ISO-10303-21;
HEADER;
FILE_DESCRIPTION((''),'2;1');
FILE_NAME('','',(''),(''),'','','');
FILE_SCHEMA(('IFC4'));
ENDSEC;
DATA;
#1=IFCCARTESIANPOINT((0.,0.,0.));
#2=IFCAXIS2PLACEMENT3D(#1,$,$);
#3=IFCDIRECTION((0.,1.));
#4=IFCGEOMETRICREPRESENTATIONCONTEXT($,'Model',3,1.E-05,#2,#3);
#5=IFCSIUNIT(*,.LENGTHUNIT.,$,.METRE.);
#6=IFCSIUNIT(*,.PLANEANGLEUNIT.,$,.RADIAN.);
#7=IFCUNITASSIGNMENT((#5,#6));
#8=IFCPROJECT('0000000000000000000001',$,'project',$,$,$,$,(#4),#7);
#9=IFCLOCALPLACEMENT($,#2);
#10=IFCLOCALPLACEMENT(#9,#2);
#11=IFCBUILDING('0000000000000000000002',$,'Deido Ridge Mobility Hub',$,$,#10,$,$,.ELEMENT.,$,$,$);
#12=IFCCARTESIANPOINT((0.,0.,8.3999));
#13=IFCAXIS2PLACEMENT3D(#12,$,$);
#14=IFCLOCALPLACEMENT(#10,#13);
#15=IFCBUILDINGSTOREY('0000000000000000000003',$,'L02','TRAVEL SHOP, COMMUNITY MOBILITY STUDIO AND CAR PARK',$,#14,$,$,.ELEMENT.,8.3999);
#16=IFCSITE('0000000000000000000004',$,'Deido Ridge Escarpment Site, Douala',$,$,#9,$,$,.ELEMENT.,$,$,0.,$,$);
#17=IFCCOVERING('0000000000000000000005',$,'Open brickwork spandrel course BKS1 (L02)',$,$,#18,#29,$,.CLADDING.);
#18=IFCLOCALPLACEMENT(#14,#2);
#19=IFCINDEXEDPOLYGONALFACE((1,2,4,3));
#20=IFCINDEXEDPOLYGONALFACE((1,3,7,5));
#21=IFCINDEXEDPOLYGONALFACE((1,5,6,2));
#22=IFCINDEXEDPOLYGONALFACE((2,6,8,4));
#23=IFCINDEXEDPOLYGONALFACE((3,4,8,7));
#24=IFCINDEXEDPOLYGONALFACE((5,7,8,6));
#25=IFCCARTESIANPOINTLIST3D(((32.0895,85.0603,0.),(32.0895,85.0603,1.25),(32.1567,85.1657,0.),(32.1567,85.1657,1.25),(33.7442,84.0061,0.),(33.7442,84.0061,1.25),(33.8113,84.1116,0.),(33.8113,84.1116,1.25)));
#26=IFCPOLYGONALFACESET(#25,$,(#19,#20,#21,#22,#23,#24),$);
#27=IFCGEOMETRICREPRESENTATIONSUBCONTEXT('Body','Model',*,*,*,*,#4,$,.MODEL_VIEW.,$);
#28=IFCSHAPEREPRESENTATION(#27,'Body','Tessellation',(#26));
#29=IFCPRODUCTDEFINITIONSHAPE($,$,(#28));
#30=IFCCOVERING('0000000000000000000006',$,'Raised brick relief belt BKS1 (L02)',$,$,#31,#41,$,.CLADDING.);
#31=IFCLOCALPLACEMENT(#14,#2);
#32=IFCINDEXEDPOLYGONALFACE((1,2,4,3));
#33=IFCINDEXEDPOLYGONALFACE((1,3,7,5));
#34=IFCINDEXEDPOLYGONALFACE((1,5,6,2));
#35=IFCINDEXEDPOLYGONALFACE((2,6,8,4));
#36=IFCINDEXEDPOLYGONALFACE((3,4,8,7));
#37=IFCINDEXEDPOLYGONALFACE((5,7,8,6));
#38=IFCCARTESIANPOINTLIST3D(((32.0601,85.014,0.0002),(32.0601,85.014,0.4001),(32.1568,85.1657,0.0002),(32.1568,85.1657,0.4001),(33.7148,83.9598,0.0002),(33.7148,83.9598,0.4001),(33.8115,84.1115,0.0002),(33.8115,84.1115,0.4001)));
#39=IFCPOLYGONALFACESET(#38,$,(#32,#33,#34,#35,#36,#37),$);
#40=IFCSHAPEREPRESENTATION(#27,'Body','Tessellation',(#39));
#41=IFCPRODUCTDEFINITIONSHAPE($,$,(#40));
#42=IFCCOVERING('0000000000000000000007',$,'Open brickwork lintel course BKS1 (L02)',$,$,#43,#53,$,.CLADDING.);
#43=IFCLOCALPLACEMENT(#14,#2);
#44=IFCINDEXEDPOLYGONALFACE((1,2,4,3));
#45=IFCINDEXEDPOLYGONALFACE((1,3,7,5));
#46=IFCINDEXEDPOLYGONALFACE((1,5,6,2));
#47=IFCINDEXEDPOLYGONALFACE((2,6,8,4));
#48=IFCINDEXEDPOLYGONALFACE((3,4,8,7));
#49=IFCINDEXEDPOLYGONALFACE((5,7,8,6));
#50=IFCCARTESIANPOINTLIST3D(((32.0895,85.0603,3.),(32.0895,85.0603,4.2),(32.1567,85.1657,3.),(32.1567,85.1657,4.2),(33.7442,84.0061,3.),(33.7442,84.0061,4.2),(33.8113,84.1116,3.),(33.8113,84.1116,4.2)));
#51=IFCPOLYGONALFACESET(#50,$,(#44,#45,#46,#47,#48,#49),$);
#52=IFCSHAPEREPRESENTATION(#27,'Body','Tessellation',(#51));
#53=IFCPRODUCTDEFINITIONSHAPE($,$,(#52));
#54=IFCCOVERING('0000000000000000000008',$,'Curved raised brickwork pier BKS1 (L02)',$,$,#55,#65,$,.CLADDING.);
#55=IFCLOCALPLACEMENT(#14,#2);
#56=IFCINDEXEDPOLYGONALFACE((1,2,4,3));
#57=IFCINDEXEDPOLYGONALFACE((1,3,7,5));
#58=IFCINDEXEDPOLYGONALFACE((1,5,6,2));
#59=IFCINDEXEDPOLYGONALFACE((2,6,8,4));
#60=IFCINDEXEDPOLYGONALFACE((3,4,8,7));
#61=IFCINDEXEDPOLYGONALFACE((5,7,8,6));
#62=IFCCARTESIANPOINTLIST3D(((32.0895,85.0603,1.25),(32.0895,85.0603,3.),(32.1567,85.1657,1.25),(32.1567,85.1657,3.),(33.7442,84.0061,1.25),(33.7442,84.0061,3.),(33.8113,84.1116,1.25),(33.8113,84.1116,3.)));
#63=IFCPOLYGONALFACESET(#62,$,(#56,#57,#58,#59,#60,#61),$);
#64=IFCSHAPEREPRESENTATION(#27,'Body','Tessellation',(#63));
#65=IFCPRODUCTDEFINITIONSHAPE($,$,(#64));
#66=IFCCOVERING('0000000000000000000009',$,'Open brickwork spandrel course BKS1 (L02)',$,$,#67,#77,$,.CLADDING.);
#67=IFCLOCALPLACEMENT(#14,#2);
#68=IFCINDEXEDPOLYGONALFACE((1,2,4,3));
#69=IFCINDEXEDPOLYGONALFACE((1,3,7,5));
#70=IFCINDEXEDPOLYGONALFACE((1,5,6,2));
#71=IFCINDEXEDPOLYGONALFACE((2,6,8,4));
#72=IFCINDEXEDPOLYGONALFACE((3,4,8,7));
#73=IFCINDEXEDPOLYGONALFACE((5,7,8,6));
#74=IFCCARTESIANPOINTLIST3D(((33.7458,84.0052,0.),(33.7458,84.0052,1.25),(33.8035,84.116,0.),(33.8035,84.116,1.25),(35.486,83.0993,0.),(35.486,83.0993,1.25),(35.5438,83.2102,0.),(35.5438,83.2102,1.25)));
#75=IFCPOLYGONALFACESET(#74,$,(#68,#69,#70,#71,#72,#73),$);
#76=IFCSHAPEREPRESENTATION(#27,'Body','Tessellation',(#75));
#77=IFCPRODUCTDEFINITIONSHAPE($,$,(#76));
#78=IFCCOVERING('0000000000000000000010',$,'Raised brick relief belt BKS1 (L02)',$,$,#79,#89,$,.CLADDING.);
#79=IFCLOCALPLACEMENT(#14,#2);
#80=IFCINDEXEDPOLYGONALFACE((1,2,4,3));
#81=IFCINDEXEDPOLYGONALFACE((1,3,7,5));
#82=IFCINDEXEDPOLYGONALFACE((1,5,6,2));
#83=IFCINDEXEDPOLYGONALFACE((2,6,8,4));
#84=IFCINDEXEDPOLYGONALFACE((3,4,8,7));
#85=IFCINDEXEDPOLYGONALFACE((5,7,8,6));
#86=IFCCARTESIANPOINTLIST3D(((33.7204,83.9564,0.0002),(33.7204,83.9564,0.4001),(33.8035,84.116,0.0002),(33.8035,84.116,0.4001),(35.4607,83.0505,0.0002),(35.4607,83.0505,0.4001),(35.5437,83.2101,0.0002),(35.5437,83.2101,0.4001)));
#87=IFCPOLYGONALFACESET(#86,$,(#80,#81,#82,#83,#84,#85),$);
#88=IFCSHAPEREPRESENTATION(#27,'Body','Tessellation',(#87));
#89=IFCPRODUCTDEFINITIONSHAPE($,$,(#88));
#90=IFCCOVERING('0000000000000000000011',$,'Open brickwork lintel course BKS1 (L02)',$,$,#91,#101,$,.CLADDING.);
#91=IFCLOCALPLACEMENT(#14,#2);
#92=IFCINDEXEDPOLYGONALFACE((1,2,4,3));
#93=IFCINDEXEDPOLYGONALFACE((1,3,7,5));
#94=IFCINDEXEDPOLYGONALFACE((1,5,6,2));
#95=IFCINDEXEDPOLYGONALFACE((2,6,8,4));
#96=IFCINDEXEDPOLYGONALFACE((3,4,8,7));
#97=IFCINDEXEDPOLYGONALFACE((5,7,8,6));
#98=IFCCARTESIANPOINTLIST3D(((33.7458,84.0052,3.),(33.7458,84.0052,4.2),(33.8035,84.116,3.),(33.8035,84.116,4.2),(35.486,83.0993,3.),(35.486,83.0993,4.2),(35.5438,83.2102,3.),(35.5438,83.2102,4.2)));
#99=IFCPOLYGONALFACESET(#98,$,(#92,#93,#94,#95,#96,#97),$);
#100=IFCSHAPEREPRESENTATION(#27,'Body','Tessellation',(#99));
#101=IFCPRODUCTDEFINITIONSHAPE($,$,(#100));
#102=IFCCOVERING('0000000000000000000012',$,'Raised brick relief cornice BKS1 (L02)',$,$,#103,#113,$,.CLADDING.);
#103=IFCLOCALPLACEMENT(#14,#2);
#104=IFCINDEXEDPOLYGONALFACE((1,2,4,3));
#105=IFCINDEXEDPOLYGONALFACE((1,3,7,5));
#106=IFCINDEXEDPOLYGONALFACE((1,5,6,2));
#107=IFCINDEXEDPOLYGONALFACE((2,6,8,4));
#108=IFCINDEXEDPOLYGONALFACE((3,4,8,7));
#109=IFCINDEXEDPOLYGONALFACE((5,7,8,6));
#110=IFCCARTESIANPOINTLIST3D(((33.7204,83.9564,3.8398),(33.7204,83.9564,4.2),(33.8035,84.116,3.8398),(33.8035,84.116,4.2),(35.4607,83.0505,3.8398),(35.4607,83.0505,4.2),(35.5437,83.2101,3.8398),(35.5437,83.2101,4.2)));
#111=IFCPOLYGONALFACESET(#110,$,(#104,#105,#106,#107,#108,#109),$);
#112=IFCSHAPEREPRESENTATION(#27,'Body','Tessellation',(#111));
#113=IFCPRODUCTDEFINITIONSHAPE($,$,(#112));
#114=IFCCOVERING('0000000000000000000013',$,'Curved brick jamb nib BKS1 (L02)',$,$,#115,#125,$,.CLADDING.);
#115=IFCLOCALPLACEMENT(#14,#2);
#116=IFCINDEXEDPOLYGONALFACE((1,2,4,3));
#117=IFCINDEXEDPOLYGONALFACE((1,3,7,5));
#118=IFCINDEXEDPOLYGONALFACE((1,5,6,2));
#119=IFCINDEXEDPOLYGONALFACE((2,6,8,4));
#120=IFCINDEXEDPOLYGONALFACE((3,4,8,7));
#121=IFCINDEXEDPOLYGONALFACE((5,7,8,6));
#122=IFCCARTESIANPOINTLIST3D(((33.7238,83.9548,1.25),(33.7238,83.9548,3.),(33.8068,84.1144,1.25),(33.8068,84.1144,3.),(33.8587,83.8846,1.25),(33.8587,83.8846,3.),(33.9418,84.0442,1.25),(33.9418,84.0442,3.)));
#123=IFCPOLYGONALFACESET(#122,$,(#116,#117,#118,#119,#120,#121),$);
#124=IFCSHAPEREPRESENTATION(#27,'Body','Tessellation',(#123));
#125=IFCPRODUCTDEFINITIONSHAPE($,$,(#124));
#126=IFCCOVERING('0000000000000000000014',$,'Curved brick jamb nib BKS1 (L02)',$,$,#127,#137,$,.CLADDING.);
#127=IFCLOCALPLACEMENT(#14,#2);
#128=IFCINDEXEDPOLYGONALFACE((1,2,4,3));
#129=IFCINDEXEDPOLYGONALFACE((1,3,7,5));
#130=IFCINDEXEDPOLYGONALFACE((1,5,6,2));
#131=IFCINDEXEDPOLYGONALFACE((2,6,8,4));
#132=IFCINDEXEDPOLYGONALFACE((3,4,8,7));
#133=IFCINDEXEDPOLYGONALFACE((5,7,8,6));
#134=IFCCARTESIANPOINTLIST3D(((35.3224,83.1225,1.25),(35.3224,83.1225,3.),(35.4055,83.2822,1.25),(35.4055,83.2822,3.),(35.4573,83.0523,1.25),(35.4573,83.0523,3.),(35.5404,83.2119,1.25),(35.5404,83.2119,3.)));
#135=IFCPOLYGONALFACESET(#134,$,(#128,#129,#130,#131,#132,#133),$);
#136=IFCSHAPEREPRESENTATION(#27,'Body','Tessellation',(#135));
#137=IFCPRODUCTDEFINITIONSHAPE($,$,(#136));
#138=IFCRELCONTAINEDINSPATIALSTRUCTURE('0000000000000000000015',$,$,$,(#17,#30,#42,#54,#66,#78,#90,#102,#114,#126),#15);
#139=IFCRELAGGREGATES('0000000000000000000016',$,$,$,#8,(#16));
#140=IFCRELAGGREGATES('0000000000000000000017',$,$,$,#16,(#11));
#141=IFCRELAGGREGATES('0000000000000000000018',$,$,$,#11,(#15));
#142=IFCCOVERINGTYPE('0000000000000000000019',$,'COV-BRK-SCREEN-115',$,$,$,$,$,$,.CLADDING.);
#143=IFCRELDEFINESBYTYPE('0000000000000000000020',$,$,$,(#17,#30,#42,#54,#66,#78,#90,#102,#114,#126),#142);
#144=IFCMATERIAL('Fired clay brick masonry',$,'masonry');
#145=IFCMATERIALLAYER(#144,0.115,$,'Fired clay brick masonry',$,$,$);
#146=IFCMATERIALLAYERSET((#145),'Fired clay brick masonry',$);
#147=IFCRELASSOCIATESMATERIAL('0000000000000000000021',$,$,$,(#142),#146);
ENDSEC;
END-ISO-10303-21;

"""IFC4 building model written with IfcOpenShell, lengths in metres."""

from ifc_helpers import new_model, si_unit, direction, frame, origin, origin_2d, place, context, subcontext, project, spatial, rectangle, extrude, material, layer, layer_set, type_object, element, save


model = new_model("IFC4")

# Units and contexts
model_context = context("Model", 3, precision=1e-05, world=origin(), true_north=direction((0.0, 1.0)))
body_context = subcontext(model_context, "Body", "Model", "MODEL_VIEW")
ifc_project = project(units=[si_unit("LENGTHUNIT", "METRE"), si_unit("PLANEANGLEUNIT", "RADIAN")], contexts=[model_context])

# Site, building, storey
site_placement = place(None, origin())
site = spatial("IfcSite", under=ifc_project, at=site_placement, Name="Deido Ridge Escarpment Site, Douala", CompositionType="ELEMENT", RefElevation=0.0)
building_placement = place(site_placement, origin())
building = spatial("IfcBuilding", under=site, at=building_placement, Name="Deido Ridge Mobility Hub", CompositionType="ELEMENT")
storey_placement = place(building_placement, frame((0.0, 0.0, 8.3999)))
storey = spatial("IfcBuildingStorey", under=building, at=storey_placement, Name="L02", Description="TRAVEL SHOP, COMMUNITY MOBILITY STUDIO AND CAR PARK", CompositionType="ELEMENT", Elevation=8.3999)

# Coverings
ifc_material_1 = material(Name="Fired clay brick masonry", Category="masonry")
ifc_layer_1 = layer(ifc_material_1, 0.115, Name="Fired clay brick masonry")
ifc_layer_set_1 = layer_set([ifc_layer_1], Name="Fired clay brick masonry")
covering_type = type_object("IfcCoveringType", Name="COV-BRK-SCREEN-115", PredefinedType="CLADDING", material=ifc_layer_set_1)
covering_1_placement = place(storey_placement, frame((32.9504, 84.5859, 0.0), z_axis=(0.0, 0.0, 1.0), x_axis=(0.843382, -0.537314, 0.0)))
element("IfcCovering", 1, at=covering_1_placement, inside=storey, type_object=covering_type, Name="Open brickwork spandrel course BKS1 (L02)", PredefinedType="CLADDING", context=body_context, shape_type="SweptSolid", body=[
    extrude(rectangle(XDim=1.9619, YDim=0.125, at=origin_2d()), origin(), (0.0, 0.0, 1.0), 1.25),
])
covering_2_placement = place(storey_placement, frame((32.9358, 84.5627, 0.0002), z_axis=(0.0, 0.0, 1.0), x_axis=(0.843382, -0.537314, 0.0)))
element("IfcCovering", 2, at=covering_2_placement, inside=storey, type_object=covering_type, Name="Raised brick relief belt BKS1 (L02)", PredefinedType="CLADDING", context=body_context, shape_type="SweptSolid", body=[
    extrude(rectangle(XDim=1.9619, YDim=0.1799, at=origin_2d()), origin(), (0.0, 0.0, 1.0), 0.3999),
])
covering_3_placement = place(storey_placement, frame((32.9504, 84.5859, 3.0), z_axis=(0.0, 0.0, 1.0), x_axis=(0.843382, -0.537314, 0.0)))
element("IfcCovering", 3, at=covering_3_placement, inside=storey, type_object=covering_type, Name="Open brickwork lintel course BKS1 (L02)", PredefinedType="CLADDING", context=body_context, shape_type="SweptSolid", body=[
    extrude(rectangle(XDim=1.9619, YDim=0.125, at=origin_2d()), origin(), (0.0, 0.0, 1.0), 1.2),
])
covering_4_placement = place(storey_placement, frame((32.9504, 84.5859, 1.25), z_axis=(0.0, 0.0, 1.0), x_axis=(0.843382, -0.537314, 0.0)))
element("IfcCovering", 4, at=covering_4_placement, inside=storey, type_object=covering_type, Name="Curved raised brickwork pier BKS1 (L02)", PredefinedType="CLADDING", context=body_context, shape_type="SweptSolid", body=[
    extrude(rectangle(XDim=1.9619, YDim=0.125, at=origin_2d()), origin(), (0.0, 0.0, 1.0), 1.75),
])
covering_5_placement = place(storey_placement, frame((34.6448, 83.6077, 0.0), z_axis=(0.0, 0.0, 1.0), x_axis=(0.887019, -0.461733, 0.0)))
element("IfcCovering", 5, at=covering_5_placement, inside=storey, type_object=covering_type, Name="Open brickwork spandrel course BKS1 (L02)", PredefinedType="CLADDING", context=body_context, shape_type="SweptSolid", body=[
    extrude(rectangle(XDim=1.9619, YDim=0.125, at=origin_2d()), origin(), (0.0, 0.0, 1.0), 1.25),
])
covering_6_placement = place(storey_placement, frame((34.6321, 83.5833, 0.0002), z_axis=(0.0, 0.0, 1.0), x_axis=(0.887019, -0.461733, 0.0)))
element("IfcCovering", 6, at=covering_6_placement, inside=storey, type_object=covering_type, Name="Raised brick relief belt BKS1 (L02)", PredefinedType="CLADDING", context=body_context, shape_type="SweptSolid", body=[
    extrude(rectangle(XDim=1.9619, YDim=0.1799, at=origin_2d()), origin(), (0.0, 0.0, 1.0), 0.3999),
])
covering_7_placement = place(storey_placement, frame((34.6448, 83.6077, 3.0), z_axis=(0.0, 0.0, 1.0), x_axis=(0.887019, -0.461733, 0.0)))
element("IfcCovering", 7, at=covering_7_placement, inside=storey, type_object=covering_type, Name="Open brickwork lintel course BKS1 (L02)", PredefinedType="CLADDING", context=body_context, shape_type="SweptSolid", body=[
    extrude(rectangle(XDim=1.9619, YDim=0.125, at=origin_2d()), origin(), (0.0, 0.0, 1.0), 1.2),
])
covering_8_placement = place(storey_placement, frame((34.6321, 83.5833, 3.8398), z_axis=(0.0, 0.0, 1.0), x_axis=(0.887019, -0.461733, 0.0)))
element("IfcCovering", 8, at=covering_8_placement, inside=storey, type_object=covering_type, Name="Raised brick relief cornice BKS1 (L02)", PredefinedType="CLADDING", context=body_context, shape_type="SweptSolid", body=[
    extrude(rectangle(XDim=1.9619, YDim=0.1799, at=origin_2d()), origin(), (0.0, 0.0, 1.0), 0.3601),
])
for number, where, z_axis, x_axis, name in (
    (9, (33.8328, 83.9995, 1.25), (0.0, 0.0, 1.0), (0.887019, -0.461733, 0.0), "Curved brick jamb nib BKS1 (L02)"),
    (10, (35.4314, 83.1672, 1.25), (0.0, 0.0, 1.0), (0.887019, -0.461733, 0.0), "Curved brick jamb nib BKS1 (L02)"),
):
    element("IfcCovering", number, at=place(storey_placement, frame(where, z_axis=z_axis, x_axis=x_axis)), inside=storey, type_object=covering_type, Name=name, PredefinedType="CLADDING", context=body_context, shape_type="SweptSolid", body=[
        extrude(rectangle(XDim=0.1521, YDim=0.1799, at=origin_2d()), origin(), (0.0, 0.0, 1.0), 1.75),
    ])

save(model, "model.ifc")
